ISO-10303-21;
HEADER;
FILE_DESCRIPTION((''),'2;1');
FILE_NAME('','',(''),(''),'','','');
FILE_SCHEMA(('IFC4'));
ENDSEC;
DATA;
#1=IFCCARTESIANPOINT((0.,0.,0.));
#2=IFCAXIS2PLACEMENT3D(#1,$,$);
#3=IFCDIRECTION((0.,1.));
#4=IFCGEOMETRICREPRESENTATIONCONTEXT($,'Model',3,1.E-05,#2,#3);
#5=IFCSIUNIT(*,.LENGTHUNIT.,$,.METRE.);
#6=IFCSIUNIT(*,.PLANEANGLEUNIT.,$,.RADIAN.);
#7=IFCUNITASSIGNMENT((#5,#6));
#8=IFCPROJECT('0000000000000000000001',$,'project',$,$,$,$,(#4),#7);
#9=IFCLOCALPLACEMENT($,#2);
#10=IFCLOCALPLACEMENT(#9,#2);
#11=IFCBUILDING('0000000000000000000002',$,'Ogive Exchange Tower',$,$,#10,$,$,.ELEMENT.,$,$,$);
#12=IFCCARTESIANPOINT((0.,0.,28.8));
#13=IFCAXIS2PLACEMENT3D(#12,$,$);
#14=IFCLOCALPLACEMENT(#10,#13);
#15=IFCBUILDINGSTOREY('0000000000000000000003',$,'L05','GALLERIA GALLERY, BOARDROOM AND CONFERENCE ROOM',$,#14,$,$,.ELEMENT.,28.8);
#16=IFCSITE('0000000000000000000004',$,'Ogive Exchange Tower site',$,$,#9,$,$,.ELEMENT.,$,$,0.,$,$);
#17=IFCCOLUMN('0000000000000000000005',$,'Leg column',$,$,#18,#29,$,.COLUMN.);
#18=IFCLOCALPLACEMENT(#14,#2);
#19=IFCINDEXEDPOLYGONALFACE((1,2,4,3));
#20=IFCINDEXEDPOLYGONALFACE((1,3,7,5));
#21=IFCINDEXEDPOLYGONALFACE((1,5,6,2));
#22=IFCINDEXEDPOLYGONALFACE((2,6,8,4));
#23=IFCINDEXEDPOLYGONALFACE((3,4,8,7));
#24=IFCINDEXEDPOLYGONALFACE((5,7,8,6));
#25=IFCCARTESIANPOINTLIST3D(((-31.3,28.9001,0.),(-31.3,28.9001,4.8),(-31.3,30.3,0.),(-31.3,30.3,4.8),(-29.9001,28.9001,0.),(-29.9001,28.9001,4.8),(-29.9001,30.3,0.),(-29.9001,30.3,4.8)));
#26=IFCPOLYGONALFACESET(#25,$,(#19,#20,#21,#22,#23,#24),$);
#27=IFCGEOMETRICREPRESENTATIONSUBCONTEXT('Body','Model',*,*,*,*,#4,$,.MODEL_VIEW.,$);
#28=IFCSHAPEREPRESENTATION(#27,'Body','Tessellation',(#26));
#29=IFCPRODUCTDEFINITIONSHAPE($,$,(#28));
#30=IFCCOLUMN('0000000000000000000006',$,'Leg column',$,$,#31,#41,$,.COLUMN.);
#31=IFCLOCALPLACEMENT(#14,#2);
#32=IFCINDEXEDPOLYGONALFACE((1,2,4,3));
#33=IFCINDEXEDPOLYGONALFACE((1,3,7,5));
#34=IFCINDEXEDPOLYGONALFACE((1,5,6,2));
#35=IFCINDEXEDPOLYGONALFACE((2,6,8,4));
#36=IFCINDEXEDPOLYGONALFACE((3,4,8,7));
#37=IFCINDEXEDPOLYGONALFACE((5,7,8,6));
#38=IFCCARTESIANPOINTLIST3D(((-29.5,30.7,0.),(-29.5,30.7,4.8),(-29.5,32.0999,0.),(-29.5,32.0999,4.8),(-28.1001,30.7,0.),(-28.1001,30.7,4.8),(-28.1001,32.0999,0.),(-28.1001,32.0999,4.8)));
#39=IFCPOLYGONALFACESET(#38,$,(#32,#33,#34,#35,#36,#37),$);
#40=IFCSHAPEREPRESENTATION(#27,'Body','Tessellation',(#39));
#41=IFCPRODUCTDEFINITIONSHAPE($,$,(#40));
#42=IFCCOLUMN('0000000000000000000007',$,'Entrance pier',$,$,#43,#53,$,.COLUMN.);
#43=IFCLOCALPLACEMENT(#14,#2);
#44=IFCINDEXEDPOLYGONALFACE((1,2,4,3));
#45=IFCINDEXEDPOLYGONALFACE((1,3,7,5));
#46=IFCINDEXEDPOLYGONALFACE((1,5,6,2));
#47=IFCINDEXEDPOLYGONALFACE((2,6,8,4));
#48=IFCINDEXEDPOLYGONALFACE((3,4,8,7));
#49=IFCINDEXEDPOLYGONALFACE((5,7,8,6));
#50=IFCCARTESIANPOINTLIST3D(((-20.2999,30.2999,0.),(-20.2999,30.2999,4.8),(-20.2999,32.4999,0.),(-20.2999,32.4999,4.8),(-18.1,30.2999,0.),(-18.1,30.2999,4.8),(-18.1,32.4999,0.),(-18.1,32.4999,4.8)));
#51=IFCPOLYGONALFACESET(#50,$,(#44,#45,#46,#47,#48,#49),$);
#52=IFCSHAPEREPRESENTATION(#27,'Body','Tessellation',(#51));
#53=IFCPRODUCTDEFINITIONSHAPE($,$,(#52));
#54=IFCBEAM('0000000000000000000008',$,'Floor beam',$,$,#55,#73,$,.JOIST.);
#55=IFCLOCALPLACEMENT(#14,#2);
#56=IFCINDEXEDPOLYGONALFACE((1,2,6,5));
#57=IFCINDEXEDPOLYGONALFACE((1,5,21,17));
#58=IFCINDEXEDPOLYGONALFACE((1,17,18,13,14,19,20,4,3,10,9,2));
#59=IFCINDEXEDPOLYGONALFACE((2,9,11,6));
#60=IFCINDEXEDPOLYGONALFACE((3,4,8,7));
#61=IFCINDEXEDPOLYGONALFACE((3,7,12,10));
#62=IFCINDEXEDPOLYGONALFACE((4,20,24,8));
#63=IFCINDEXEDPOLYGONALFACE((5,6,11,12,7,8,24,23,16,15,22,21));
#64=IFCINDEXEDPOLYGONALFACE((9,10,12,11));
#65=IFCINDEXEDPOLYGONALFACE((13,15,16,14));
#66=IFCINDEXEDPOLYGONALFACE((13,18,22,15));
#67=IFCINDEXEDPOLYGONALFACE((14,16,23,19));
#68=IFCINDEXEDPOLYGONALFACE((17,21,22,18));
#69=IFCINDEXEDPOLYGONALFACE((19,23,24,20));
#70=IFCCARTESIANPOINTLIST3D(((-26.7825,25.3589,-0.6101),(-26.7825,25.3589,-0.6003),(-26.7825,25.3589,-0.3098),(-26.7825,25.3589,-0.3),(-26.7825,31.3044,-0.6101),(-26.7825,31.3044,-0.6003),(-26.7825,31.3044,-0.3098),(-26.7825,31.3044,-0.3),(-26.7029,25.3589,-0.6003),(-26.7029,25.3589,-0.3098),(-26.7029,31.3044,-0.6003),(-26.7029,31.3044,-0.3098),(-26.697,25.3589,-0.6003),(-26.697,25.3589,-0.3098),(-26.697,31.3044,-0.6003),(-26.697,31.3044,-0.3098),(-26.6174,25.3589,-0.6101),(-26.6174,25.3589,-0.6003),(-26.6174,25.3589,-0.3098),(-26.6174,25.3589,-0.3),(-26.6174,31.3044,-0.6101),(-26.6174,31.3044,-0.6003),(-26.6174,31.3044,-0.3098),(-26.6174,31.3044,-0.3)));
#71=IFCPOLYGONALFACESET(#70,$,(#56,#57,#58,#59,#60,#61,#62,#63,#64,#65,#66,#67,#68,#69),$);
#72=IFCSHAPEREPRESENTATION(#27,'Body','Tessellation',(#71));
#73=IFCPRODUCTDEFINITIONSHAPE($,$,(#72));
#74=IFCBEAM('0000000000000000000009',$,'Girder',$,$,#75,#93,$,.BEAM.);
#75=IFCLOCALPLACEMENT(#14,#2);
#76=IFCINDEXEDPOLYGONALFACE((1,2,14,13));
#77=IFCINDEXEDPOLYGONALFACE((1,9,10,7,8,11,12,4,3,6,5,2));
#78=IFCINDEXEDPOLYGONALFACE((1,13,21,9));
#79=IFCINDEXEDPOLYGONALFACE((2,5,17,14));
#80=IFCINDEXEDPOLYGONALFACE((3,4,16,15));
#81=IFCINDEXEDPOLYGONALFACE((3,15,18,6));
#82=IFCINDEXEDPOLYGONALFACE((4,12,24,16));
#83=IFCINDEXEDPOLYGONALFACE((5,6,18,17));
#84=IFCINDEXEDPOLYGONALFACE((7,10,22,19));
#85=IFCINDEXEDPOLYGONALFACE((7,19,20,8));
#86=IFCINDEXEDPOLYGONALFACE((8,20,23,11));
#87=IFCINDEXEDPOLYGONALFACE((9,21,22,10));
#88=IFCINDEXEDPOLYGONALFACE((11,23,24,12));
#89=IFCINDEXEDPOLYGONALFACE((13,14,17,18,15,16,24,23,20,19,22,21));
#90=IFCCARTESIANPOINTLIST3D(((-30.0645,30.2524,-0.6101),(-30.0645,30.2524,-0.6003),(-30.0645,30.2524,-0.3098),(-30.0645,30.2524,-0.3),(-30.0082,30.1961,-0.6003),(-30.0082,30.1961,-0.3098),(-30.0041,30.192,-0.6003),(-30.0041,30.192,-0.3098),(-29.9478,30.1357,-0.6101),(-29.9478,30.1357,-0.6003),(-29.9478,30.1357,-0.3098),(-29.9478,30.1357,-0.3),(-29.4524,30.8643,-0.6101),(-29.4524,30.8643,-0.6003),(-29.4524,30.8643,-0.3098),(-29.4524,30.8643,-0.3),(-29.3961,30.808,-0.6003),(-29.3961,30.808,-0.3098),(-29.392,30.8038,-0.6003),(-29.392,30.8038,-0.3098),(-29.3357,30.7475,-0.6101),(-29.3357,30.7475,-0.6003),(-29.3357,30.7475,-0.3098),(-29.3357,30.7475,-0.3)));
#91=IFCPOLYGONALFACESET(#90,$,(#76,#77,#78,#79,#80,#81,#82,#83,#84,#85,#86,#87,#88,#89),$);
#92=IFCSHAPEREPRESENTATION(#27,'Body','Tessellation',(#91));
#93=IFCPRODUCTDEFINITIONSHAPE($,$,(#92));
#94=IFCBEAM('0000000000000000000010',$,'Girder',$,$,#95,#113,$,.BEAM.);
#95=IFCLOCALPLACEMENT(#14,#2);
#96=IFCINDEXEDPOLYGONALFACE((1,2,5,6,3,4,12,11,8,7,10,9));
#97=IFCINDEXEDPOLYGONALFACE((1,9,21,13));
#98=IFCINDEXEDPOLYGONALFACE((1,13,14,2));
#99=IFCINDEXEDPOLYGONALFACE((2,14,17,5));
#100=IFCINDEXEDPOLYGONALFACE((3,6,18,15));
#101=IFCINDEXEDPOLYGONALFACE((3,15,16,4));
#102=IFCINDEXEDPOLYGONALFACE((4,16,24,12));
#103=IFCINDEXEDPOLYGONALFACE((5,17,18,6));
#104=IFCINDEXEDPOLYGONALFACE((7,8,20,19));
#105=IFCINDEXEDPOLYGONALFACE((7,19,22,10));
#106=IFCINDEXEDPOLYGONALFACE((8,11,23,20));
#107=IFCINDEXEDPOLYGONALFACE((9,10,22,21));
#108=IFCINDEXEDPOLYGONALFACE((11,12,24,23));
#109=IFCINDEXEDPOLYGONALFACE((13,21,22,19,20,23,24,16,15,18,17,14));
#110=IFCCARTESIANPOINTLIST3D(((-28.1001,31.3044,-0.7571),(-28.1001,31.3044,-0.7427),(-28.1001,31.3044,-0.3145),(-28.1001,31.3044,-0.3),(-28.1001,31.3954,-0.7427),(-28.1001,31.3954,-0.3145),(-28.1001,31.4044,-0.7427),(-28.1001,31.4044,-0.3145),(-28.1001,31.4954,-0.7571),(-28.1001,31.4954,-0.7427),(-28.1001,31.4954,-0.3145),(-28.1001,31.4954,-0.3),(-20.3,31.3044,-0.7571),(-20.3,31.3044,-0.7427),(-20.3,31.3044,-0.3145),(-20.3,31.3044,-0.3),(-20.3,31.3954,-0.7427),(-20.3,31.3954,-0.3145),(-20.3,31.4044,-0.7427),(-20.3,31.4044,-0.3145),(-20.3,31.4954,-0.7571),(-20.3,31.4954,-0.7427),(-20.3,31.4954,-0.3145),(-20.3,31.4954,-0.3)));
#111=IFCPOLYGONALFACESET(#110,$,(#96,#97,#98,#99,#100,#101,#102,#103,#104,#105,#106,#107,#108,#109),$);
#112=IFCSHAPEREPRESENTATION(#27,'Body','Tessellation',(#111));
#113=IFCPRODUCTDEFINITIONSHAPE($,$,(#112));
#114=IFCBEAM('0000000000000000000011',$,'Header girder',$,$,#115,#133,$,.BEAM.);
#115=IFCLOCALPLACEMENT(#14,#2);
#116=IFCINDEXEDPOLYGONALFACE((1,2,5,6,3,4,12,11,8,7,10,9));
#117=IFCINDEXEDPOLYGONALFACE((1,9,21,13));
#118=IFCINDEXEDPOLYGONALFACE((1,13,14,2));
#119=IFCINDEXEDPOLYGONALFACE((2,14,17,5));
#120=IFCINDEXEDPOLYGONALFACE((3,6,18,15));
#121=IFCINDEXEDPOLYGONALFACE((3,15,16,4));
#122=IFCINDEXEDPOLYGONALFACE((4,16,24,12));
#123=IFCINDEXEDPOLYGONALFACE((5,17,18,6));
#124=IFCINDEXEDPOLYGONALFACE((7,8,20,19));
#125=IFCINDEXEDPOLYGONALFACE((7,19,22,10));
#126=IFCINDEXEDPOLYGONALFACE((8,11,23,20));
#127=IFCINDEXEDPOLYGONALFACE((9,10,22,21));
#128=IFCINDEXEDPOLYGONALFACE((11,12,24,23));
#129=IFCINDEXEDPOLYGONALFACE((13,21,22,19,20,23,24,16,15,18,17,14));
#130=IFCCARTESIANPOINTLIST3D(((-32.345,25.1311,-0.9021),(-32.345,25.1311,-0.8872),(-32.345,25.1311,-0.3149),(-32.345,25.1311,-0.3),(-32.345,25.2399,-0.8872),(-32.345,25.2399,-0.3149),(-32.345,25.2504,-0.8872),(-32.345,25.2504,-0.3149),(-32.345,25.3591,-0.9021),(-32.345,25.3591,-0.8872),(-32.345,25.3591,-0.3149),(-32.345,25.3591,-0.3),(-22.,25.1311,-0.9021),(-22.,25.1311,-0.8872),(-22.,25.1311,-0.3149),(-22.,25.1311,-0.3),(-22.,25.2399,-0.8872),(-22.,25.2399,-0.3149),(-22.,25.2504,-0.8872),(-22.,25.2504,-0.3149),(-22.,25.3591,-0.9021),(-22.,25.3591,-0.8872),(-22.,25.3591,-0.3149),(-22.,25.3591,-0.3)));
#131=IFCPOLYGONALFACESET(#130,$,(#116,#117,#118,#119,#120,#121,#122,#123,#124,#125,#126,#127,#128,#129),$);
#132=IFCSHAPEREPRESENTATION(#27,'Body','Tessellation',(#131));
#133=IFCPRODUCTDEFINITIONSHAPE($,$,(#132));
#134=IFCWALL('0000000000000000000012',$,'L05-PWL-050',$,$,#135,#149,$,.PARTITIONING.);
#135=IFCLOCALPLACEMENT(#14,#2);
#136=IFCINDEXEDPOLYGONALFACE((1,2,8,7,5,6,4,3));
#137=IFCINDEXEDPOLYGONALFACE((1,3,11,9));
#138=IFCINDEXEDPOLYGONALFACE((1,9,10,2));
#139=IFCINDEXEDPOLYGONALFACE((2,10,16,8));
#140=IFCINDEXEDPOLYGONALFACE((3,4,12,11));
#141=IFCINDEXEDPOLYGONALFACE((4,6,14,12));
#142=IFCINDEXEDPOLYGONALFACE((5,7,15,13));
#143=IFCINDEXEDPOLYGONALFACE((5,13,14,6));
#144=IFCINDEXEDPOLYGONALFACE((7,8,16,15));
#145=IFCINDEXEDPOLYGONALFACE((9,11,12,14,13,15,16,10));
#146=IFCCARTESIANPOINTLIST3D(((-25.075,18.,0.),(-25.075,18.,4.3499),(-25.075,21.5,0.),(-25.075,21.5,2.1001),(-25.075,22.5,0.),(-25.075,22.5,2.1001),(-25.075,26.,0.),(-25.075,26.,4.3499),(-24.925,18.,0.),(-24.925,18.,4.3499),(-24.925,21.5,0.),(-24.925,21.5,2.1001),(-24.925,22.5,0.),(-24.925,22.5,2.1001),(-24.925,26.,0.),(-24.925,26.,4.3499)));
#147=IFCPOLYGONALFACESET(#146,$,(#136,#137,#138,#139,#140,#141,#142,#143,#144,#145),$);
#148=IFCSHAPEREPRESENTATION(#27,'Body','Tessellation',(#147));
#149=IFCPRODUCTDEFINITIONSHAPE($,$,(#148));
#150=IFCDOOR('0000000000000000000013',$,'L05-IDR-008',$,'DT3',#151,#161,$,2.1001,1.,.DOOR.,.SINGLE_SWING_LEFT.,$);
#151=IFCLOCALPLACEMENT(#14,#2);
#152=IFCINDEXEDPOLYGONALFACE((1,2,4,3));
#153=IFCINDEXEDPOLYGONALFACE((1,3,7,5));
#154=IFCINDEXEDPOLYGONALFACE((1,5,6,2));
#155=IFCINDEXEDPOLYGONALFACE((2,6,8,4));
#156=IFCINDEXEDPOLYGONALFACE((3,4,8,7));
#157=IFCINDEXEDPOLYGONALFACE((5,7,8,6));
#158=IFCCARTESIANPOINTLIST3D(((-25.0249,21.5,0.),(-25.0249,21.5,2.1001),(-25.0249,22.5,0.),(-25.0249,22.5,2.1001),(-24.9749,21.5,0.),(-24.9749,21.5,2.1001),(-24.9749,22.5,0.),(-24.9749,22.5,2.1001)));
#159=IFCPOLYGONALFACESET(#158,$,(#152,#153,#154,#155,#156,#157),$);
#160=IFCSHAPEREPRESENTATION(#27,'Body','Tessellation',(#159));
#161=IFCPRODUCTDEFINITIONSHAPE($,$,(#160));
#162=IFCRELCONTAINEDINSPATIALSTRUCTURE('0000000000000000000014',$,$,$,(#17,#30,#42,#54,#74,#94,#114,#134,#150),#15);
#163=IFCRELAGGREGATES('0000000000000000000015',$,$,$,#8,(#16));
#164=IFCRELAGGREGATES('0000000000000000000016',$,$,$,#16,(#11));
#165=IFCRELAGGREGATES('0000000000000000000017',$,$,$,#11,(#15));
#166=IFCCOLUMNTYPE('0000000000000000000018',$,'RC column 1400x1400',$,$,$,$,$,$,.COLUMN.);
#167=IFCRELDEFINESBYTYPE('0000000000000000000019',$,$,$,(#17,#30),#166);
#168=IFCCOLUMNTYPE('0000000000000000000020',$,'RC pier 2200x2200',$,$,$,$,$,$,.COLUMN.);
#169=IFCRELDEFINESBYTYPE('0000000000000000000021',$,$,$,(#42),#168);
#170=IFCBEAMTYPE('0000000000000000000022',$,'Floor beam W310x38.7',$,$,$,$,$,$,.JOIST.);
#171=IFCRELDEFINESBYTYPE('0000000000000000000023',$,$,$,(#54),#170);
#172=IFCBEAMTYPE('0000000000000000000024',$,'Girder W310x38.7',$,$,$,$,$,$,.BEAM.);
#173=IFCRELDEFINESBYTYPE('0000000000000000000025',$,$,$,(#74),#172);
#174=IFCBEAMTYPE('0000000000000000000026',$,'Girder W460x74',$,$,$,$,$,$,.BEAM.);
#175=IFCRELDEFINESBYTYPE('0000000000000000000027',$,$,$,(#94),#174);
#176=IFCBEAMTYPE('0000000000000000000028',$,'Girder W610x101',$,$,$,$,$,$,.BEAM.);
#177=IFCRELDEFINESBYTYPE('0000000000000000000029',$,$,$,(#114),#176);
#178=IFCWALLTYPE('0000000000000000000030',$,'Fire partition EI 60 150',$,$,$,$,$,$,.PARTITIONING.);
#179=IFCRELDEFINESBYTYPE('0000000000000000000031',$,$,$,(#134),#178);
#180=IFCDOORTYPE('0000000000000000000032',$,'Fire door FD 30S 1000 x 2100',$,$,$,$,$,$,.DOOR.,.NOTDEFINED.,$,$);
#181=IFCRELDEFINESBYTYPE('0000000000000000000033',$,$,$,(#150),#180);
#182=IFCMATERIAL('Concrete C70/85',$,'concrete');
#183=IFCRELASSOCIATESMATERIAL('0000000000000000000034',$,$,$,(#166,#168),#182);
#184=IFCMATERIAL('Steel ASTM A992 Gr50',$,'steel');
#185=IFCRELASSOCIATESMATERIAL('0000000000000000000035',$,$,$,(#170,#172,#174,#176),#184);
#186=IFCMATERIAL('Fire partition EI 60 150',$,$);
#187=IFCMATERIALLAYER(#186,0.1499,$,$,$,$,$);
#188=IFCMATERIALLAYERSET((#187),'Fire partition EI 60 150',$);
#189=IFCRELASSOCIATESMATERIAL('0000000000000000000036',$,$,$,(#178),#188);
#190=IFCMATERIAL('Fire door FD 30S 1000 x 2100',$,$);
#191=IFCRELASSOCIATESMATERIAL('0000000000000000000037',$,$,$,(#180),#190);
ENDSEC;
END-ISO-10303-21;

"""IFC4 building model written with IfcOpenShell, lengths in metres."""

from ifc_helpers import new_model, si_unit, direction, frame, frame_2d, origin, origin_2d, place, context, subcontext, project, spatial, rectangle, i_section, extrude, material, layer, layer_set, material_profile, profile_set, type_object, element, fill, save


model = new_model("IFC4")

# Units and contexts
model_context = context("Model", 3, precision=1e-05, world=origin(), true_north=direction((0.0, 1.0)))
body_context = subcontext(model_context, "Body", "Model", "MODEL_VIEW")
ifc_project = project(units=[si_unit("LENGTHUNIT", "METRE"), si_unit("PLANEANGLEUNIT", "RADIAN")], contexts=[model_context])

# Site, building, storey
site_placement = place(None, origin())
site = spatial("IfcSite", under=ifc_project, at=site_placement, Name="Ogive Exchange Tower site", CompositionType="ELEMENT", RefElevation=0.0)
building_placement = place(site_placement, origin())
building = spatial("IfcBuilding", under=site, at=building_placement, Name="Ogive Exchange Tower", CompositionType="ELEMENT")
storey_placement = place(building_placement, frame((0.0, 0.0, 28.8)))
storey = spatial("IfcBuildingStorey", under=building, at=storey_placement, Name="L05", Description="GALLERIA GALLERY, BOARDROOM AND CONFERENCE ROOM", CompositionType="ELEMENT", Elevation=28.8)

# Columns
ifc_material_1 = material(Name="Concrete C70/85", Category="concrete")
ifc_material_profile_1 = material_profile(ifc_material_1, rectangle(XDim=1.3999, YDim=1.3999, at=origin_2d()), Name="RC 1400x1400")
ifc_profile_set_1 = profile_set([ifc_material_profile_1], Name="Concrete C70/85")
column_type_1 = type_object("IfcColumnType", Name="RC column 1400x1400", PredefinedType="COLUMN", material=ifc_profile_set_1)
for number, where, z_axis, x_axis, name in (
    (1, (-30.6001, 29.6001, 0.0), (0.0, 0.0, 1.0), (1.0, 0.0, 0.0), "Leg column"),
    (2, (-28.8, 31.3999, 0.0), (0.0, 0.0, 1.0), (1.0, 0.0, 0.0), "Leg column"),
):
    element("IfcColumn", number, at=place(storey_placement, frame(where, z_axis=z_axis, x_axis=x_axis)), inside=storey, type_object=column_type_1, Name=name, PredefinedType="COLUMN", context=body_context, shape_type="SweptSolid", body=[
        extrude(rectangle(XDim=1.3999, YDim=1.3999, at=origin_2d()), origin(), (0.0, 0.0, 1.0), 4.8),
    ])
ifc_material_profile_2 = material_profile(ifc_material_1, rectangle(XDim=2.2, YDim=2.2, at=origin_2d()), Name="RC 2200x2200")
ifc_profile_set_2 = profile_set([ifc_material_profile_2], Name="Concrete C70/85")
column_type_2 = type_object("IfcColumnType", Name="RC pier 2200x2200", PredefinedType="COLUMN", material=ifc_profile_set_2)
column_placement = place(storey_placement, frame((-19.2, 31.3999, 0.0), z_axis=(0.0, 0.0, 1.0), x_axis=(1.0, 0.0, 0.0)))
element("IfcColumn", 3, at=column_placement, inside=storey, type_object=column_type_2, Name="Entrance pier", PredefinedType="COLUMN", context=body_context, shape_type="SweptSolid", body=[
    extrude(rectangle(XDim=2.2, YDim=2.2, at=origin_2d()), origin(), (0.0, 0.0, 1.0), 4.8),
])

# Beams
ifc_material_2 = material(Name="Steel ASTM A992 Gr50", Category="steel")
ifc_material_profile_3 = material_profile(ifc_material_2, i_section(OverallWidth=0.165, OverallDepth=0.3101, WebThickness=0.0059, FlangeThickness=0.0098, at=origin_2d()), Name="W310x38.7")
ifc_profile_set_3 = profile_set([ifc_material_profile_3], Name="Steel ASTM A992 Gr50")
beam_type_1 = type_object("IfcBeamType", Name="Floor beam W310x38.7", PredefinedType="JOIST", material=ifc_profile_set_3)
beam_1_placement = place(storey_placement, frame((-26.7, 25.3589, -0.4551), z_axis=(0.0, 1.0, 0.0), x_axis=(-1.0, 0.0, 0.0)))
element("IfcBeam", 4, at=beam_1_placement, inside=storey, type_object=beam_type_1, Name="Floor beam", PredefinedType="JOIST", context=body_context, shape_type="SweptSolid", body=[
    extrude(i_section(OverallWidth=0.165, OverallDepth=0.3101, WebThickness=0.0059, FlangeThickness=0.0098, at=origin_2d()), origin(), (0.0, 0.0, 1.0), 5.9456),
])
ifc_material_profile_4 = material_profile(ifc_material_2, i_section(OverallWidth=0.165, OverallDepth=0.3101, WebThickness=0.0059, FlangeThickness=0.0098, at=origin_2d()), Name="W310x38.7")
ifc_profile_set_4 = profile_set([ifc_material_profile_4], Name="Steel ASTM A992 Gr50")
beam_type_2 = type_object("IfcBeamType", Name="Girder W310x38.7", PredefinedType="BEAM", material=ifc_profile_set_4)
beam_2_placement = place(storey_placement, frame((-29.394, 30.8059, -0.4551), z_axis=(-0.707248, -0.706966, 0.0), x_axis=(0.706966, -0.707248, 0.0)))
element("IfcBeam", 5, at=beam_2_placement, inside=storey, type_object=beam_type_2, Name="Girder", PredefinedType="BEAM", context=body_context, shape_type="SweptSolid", body=[
    extrude(i_section(OverallWidth=0.165, OverallDepth=0.3101, WebThickness=0.0059, FlangeThickness=0.0098, at=origin_2d()), origin(), (0.0, 0.0, 1.0), 0.8655),
])
ifc_material_profile_5 = material_profile(ifc_material_2, i_section(OverallWidth=0.1909, OverallDepth=0.457, WebThickness=0.009, FlangeThickness=0.0144, at=origin_2d()), Name="W460x74")
ifc_profile_set_5 = profile_set([ifc_material_profile_5], Name="Steel ASTM A992 Gr50")
beam_type_3 = type_object("IfcBeamType", Name="Girder W460x74", PredefinedType="BEAM", material=ifc_profile_set_5)
beam_3_placement = place(storey_placement, frame((-20.3, 31.3999, -0.5286), z_axis=(-1.0, 0.0, 0.0), x_axis=(0.0, -1.0, 0.0)))
element("IfcBeam", 6, at=beam_3_placement, inside=storey, type_object=beam_type_3, Name="Girder", PredefinedType="BEAM", context=body_context, shape_type="SweptSolid", body=[
    extrude(i_section(OverallWidth=0.1909, OverallDepth=0.457, WebThickness=0.009, FlangeThickness=0.0144, at=origin_2d()), origin(), (0.0, 0.0, 1.0), 7.8),
])
ifc_material_profile_6 = material_profile(ifc_material_2, i_section(OverallWidth=0.228, OverallDepth=0.6021, WebThickness=0.0105, FlangeThickness=0.0149, at=origin_2d()), Name="W610x101")
ifc_profile_set_6 = profile_set([ifc_material_profile_6], Name="Steel ASTM A992 Gr50")
beam_type_4 = type_object("IfcBeamType", Name="Girder W610x101", PredefinedType="BEAM", material=ifc_profile_set_6)
beam_4_placement = place(storey_placement, frame((-22.0, 25.2451, -0.6011), z_axis=(-1.0, 0.0, 0.0), x_axis=(0.0, -1.0, 0.0)))
element("IfcBeam", 7, at=beam_4_placement, inside=storey, type_object=beam_type_4, Name="Header girder", PredefinedType="BEAM", context=body_context, shape_type="SweptSolid", body=[
    extrude(i_section(OverallWidth=0.228, OverallDepth=0.6021, WebThickness=0.0105, FlangeThickness=0.0149, at=origin_2d()), origin(), (0.0, 0.0, 1.0), 10.345),
])

# Wall, opening, door
ifc_material_3 = material(Name="Fire partition EI 60 150")
ifc_layer_1 = layer(ifc_material_3, 0.1499)
ifc_layer_set_1 = layer_set([ifc_layer_1], Name="Fire partition EI 60 150")
wall_type_1 = type_object("IfcWallType", Name="Fire partition EI 60 150", PredefinedType="PARTITIONING", material=ifc_layer_set_1)
wall_1_placement = place(storey_placement, frame((-25.0, 18.0, 0.0), z_axis=(0.0, 0.0, 1.0), x_axis=(0.0, 1.0, 0.0)))
wall_1 = element("IfcWall", 8, at=wall_1_placement, inside=storey, type_object=wall_type_1, Name="L05-PWL-050", PredefinedType="PARTITIONING", context=body_context, shape_type="SweptSolid", body=[
    extrude(rectangle(XDim=8.0, YDim=0.1499, at=frame_2d((4.0, 0.0))), origin(), (0.0, 0.0, 1.0), 4.3499),
])
opening_1_placement = place(wall_1_placement, frame((3.5, 0.0, 0.0)))
opening_1 = element("IfcOpeningElement", 9, at=opening_1_placement, cuts=wall_1, PredefinedType="OPENING", context=body_context, shape_type="SweptSolid", body=[
    extrude(rectangle(XDim=1.0, YDim=2.1001, at=frame_2d((0.5, 1.05))), frame((0.0, 0.085, 0.0), z_axis=(0.0, -1.0, 0.0), x_axis=(1.0, 0.0, 0.0)), (0.0, 0.0, 1.0), 0.1699),
])
ifc_material_4 = material(Name="Fire door FD 30S 1000 x 2100")
door_type = type_object("IfcDoorType", Name="Fire door FD 30S 1000 x 2100", OperationType="NOTDEFINED", PredefinedType="DOOR", material=ifc_material_4)
door_1_placement = place(opening_1_placement, origin())
door_1 = element("IfcDoor", 10, at=door_1_placement, inside=storey, type_object=door_type, Name="L05-IDR-008", ObjectType="DT3", OperationType="SINGLE_SWING_LEFT", OverallHeight=2.1001, OverallWidth=1.0, PredefinedType="DOOR", context=body_context, shape_type="SweptSolid", body=[
    extrude(rectangle(XDim=1.0, YDim=2.1001, at=frame_2d((0.5, 1.05))), frame((0.0, 0.0249, 0.0), z_axis=(0.0, -1.0, 0.0), x_axis=(1.0, 0.0, 0.0)), (0.0, 0.0, 1.0), 0.05),
])
fill(opening_1, door_1)

save(model, "model.ifc")
